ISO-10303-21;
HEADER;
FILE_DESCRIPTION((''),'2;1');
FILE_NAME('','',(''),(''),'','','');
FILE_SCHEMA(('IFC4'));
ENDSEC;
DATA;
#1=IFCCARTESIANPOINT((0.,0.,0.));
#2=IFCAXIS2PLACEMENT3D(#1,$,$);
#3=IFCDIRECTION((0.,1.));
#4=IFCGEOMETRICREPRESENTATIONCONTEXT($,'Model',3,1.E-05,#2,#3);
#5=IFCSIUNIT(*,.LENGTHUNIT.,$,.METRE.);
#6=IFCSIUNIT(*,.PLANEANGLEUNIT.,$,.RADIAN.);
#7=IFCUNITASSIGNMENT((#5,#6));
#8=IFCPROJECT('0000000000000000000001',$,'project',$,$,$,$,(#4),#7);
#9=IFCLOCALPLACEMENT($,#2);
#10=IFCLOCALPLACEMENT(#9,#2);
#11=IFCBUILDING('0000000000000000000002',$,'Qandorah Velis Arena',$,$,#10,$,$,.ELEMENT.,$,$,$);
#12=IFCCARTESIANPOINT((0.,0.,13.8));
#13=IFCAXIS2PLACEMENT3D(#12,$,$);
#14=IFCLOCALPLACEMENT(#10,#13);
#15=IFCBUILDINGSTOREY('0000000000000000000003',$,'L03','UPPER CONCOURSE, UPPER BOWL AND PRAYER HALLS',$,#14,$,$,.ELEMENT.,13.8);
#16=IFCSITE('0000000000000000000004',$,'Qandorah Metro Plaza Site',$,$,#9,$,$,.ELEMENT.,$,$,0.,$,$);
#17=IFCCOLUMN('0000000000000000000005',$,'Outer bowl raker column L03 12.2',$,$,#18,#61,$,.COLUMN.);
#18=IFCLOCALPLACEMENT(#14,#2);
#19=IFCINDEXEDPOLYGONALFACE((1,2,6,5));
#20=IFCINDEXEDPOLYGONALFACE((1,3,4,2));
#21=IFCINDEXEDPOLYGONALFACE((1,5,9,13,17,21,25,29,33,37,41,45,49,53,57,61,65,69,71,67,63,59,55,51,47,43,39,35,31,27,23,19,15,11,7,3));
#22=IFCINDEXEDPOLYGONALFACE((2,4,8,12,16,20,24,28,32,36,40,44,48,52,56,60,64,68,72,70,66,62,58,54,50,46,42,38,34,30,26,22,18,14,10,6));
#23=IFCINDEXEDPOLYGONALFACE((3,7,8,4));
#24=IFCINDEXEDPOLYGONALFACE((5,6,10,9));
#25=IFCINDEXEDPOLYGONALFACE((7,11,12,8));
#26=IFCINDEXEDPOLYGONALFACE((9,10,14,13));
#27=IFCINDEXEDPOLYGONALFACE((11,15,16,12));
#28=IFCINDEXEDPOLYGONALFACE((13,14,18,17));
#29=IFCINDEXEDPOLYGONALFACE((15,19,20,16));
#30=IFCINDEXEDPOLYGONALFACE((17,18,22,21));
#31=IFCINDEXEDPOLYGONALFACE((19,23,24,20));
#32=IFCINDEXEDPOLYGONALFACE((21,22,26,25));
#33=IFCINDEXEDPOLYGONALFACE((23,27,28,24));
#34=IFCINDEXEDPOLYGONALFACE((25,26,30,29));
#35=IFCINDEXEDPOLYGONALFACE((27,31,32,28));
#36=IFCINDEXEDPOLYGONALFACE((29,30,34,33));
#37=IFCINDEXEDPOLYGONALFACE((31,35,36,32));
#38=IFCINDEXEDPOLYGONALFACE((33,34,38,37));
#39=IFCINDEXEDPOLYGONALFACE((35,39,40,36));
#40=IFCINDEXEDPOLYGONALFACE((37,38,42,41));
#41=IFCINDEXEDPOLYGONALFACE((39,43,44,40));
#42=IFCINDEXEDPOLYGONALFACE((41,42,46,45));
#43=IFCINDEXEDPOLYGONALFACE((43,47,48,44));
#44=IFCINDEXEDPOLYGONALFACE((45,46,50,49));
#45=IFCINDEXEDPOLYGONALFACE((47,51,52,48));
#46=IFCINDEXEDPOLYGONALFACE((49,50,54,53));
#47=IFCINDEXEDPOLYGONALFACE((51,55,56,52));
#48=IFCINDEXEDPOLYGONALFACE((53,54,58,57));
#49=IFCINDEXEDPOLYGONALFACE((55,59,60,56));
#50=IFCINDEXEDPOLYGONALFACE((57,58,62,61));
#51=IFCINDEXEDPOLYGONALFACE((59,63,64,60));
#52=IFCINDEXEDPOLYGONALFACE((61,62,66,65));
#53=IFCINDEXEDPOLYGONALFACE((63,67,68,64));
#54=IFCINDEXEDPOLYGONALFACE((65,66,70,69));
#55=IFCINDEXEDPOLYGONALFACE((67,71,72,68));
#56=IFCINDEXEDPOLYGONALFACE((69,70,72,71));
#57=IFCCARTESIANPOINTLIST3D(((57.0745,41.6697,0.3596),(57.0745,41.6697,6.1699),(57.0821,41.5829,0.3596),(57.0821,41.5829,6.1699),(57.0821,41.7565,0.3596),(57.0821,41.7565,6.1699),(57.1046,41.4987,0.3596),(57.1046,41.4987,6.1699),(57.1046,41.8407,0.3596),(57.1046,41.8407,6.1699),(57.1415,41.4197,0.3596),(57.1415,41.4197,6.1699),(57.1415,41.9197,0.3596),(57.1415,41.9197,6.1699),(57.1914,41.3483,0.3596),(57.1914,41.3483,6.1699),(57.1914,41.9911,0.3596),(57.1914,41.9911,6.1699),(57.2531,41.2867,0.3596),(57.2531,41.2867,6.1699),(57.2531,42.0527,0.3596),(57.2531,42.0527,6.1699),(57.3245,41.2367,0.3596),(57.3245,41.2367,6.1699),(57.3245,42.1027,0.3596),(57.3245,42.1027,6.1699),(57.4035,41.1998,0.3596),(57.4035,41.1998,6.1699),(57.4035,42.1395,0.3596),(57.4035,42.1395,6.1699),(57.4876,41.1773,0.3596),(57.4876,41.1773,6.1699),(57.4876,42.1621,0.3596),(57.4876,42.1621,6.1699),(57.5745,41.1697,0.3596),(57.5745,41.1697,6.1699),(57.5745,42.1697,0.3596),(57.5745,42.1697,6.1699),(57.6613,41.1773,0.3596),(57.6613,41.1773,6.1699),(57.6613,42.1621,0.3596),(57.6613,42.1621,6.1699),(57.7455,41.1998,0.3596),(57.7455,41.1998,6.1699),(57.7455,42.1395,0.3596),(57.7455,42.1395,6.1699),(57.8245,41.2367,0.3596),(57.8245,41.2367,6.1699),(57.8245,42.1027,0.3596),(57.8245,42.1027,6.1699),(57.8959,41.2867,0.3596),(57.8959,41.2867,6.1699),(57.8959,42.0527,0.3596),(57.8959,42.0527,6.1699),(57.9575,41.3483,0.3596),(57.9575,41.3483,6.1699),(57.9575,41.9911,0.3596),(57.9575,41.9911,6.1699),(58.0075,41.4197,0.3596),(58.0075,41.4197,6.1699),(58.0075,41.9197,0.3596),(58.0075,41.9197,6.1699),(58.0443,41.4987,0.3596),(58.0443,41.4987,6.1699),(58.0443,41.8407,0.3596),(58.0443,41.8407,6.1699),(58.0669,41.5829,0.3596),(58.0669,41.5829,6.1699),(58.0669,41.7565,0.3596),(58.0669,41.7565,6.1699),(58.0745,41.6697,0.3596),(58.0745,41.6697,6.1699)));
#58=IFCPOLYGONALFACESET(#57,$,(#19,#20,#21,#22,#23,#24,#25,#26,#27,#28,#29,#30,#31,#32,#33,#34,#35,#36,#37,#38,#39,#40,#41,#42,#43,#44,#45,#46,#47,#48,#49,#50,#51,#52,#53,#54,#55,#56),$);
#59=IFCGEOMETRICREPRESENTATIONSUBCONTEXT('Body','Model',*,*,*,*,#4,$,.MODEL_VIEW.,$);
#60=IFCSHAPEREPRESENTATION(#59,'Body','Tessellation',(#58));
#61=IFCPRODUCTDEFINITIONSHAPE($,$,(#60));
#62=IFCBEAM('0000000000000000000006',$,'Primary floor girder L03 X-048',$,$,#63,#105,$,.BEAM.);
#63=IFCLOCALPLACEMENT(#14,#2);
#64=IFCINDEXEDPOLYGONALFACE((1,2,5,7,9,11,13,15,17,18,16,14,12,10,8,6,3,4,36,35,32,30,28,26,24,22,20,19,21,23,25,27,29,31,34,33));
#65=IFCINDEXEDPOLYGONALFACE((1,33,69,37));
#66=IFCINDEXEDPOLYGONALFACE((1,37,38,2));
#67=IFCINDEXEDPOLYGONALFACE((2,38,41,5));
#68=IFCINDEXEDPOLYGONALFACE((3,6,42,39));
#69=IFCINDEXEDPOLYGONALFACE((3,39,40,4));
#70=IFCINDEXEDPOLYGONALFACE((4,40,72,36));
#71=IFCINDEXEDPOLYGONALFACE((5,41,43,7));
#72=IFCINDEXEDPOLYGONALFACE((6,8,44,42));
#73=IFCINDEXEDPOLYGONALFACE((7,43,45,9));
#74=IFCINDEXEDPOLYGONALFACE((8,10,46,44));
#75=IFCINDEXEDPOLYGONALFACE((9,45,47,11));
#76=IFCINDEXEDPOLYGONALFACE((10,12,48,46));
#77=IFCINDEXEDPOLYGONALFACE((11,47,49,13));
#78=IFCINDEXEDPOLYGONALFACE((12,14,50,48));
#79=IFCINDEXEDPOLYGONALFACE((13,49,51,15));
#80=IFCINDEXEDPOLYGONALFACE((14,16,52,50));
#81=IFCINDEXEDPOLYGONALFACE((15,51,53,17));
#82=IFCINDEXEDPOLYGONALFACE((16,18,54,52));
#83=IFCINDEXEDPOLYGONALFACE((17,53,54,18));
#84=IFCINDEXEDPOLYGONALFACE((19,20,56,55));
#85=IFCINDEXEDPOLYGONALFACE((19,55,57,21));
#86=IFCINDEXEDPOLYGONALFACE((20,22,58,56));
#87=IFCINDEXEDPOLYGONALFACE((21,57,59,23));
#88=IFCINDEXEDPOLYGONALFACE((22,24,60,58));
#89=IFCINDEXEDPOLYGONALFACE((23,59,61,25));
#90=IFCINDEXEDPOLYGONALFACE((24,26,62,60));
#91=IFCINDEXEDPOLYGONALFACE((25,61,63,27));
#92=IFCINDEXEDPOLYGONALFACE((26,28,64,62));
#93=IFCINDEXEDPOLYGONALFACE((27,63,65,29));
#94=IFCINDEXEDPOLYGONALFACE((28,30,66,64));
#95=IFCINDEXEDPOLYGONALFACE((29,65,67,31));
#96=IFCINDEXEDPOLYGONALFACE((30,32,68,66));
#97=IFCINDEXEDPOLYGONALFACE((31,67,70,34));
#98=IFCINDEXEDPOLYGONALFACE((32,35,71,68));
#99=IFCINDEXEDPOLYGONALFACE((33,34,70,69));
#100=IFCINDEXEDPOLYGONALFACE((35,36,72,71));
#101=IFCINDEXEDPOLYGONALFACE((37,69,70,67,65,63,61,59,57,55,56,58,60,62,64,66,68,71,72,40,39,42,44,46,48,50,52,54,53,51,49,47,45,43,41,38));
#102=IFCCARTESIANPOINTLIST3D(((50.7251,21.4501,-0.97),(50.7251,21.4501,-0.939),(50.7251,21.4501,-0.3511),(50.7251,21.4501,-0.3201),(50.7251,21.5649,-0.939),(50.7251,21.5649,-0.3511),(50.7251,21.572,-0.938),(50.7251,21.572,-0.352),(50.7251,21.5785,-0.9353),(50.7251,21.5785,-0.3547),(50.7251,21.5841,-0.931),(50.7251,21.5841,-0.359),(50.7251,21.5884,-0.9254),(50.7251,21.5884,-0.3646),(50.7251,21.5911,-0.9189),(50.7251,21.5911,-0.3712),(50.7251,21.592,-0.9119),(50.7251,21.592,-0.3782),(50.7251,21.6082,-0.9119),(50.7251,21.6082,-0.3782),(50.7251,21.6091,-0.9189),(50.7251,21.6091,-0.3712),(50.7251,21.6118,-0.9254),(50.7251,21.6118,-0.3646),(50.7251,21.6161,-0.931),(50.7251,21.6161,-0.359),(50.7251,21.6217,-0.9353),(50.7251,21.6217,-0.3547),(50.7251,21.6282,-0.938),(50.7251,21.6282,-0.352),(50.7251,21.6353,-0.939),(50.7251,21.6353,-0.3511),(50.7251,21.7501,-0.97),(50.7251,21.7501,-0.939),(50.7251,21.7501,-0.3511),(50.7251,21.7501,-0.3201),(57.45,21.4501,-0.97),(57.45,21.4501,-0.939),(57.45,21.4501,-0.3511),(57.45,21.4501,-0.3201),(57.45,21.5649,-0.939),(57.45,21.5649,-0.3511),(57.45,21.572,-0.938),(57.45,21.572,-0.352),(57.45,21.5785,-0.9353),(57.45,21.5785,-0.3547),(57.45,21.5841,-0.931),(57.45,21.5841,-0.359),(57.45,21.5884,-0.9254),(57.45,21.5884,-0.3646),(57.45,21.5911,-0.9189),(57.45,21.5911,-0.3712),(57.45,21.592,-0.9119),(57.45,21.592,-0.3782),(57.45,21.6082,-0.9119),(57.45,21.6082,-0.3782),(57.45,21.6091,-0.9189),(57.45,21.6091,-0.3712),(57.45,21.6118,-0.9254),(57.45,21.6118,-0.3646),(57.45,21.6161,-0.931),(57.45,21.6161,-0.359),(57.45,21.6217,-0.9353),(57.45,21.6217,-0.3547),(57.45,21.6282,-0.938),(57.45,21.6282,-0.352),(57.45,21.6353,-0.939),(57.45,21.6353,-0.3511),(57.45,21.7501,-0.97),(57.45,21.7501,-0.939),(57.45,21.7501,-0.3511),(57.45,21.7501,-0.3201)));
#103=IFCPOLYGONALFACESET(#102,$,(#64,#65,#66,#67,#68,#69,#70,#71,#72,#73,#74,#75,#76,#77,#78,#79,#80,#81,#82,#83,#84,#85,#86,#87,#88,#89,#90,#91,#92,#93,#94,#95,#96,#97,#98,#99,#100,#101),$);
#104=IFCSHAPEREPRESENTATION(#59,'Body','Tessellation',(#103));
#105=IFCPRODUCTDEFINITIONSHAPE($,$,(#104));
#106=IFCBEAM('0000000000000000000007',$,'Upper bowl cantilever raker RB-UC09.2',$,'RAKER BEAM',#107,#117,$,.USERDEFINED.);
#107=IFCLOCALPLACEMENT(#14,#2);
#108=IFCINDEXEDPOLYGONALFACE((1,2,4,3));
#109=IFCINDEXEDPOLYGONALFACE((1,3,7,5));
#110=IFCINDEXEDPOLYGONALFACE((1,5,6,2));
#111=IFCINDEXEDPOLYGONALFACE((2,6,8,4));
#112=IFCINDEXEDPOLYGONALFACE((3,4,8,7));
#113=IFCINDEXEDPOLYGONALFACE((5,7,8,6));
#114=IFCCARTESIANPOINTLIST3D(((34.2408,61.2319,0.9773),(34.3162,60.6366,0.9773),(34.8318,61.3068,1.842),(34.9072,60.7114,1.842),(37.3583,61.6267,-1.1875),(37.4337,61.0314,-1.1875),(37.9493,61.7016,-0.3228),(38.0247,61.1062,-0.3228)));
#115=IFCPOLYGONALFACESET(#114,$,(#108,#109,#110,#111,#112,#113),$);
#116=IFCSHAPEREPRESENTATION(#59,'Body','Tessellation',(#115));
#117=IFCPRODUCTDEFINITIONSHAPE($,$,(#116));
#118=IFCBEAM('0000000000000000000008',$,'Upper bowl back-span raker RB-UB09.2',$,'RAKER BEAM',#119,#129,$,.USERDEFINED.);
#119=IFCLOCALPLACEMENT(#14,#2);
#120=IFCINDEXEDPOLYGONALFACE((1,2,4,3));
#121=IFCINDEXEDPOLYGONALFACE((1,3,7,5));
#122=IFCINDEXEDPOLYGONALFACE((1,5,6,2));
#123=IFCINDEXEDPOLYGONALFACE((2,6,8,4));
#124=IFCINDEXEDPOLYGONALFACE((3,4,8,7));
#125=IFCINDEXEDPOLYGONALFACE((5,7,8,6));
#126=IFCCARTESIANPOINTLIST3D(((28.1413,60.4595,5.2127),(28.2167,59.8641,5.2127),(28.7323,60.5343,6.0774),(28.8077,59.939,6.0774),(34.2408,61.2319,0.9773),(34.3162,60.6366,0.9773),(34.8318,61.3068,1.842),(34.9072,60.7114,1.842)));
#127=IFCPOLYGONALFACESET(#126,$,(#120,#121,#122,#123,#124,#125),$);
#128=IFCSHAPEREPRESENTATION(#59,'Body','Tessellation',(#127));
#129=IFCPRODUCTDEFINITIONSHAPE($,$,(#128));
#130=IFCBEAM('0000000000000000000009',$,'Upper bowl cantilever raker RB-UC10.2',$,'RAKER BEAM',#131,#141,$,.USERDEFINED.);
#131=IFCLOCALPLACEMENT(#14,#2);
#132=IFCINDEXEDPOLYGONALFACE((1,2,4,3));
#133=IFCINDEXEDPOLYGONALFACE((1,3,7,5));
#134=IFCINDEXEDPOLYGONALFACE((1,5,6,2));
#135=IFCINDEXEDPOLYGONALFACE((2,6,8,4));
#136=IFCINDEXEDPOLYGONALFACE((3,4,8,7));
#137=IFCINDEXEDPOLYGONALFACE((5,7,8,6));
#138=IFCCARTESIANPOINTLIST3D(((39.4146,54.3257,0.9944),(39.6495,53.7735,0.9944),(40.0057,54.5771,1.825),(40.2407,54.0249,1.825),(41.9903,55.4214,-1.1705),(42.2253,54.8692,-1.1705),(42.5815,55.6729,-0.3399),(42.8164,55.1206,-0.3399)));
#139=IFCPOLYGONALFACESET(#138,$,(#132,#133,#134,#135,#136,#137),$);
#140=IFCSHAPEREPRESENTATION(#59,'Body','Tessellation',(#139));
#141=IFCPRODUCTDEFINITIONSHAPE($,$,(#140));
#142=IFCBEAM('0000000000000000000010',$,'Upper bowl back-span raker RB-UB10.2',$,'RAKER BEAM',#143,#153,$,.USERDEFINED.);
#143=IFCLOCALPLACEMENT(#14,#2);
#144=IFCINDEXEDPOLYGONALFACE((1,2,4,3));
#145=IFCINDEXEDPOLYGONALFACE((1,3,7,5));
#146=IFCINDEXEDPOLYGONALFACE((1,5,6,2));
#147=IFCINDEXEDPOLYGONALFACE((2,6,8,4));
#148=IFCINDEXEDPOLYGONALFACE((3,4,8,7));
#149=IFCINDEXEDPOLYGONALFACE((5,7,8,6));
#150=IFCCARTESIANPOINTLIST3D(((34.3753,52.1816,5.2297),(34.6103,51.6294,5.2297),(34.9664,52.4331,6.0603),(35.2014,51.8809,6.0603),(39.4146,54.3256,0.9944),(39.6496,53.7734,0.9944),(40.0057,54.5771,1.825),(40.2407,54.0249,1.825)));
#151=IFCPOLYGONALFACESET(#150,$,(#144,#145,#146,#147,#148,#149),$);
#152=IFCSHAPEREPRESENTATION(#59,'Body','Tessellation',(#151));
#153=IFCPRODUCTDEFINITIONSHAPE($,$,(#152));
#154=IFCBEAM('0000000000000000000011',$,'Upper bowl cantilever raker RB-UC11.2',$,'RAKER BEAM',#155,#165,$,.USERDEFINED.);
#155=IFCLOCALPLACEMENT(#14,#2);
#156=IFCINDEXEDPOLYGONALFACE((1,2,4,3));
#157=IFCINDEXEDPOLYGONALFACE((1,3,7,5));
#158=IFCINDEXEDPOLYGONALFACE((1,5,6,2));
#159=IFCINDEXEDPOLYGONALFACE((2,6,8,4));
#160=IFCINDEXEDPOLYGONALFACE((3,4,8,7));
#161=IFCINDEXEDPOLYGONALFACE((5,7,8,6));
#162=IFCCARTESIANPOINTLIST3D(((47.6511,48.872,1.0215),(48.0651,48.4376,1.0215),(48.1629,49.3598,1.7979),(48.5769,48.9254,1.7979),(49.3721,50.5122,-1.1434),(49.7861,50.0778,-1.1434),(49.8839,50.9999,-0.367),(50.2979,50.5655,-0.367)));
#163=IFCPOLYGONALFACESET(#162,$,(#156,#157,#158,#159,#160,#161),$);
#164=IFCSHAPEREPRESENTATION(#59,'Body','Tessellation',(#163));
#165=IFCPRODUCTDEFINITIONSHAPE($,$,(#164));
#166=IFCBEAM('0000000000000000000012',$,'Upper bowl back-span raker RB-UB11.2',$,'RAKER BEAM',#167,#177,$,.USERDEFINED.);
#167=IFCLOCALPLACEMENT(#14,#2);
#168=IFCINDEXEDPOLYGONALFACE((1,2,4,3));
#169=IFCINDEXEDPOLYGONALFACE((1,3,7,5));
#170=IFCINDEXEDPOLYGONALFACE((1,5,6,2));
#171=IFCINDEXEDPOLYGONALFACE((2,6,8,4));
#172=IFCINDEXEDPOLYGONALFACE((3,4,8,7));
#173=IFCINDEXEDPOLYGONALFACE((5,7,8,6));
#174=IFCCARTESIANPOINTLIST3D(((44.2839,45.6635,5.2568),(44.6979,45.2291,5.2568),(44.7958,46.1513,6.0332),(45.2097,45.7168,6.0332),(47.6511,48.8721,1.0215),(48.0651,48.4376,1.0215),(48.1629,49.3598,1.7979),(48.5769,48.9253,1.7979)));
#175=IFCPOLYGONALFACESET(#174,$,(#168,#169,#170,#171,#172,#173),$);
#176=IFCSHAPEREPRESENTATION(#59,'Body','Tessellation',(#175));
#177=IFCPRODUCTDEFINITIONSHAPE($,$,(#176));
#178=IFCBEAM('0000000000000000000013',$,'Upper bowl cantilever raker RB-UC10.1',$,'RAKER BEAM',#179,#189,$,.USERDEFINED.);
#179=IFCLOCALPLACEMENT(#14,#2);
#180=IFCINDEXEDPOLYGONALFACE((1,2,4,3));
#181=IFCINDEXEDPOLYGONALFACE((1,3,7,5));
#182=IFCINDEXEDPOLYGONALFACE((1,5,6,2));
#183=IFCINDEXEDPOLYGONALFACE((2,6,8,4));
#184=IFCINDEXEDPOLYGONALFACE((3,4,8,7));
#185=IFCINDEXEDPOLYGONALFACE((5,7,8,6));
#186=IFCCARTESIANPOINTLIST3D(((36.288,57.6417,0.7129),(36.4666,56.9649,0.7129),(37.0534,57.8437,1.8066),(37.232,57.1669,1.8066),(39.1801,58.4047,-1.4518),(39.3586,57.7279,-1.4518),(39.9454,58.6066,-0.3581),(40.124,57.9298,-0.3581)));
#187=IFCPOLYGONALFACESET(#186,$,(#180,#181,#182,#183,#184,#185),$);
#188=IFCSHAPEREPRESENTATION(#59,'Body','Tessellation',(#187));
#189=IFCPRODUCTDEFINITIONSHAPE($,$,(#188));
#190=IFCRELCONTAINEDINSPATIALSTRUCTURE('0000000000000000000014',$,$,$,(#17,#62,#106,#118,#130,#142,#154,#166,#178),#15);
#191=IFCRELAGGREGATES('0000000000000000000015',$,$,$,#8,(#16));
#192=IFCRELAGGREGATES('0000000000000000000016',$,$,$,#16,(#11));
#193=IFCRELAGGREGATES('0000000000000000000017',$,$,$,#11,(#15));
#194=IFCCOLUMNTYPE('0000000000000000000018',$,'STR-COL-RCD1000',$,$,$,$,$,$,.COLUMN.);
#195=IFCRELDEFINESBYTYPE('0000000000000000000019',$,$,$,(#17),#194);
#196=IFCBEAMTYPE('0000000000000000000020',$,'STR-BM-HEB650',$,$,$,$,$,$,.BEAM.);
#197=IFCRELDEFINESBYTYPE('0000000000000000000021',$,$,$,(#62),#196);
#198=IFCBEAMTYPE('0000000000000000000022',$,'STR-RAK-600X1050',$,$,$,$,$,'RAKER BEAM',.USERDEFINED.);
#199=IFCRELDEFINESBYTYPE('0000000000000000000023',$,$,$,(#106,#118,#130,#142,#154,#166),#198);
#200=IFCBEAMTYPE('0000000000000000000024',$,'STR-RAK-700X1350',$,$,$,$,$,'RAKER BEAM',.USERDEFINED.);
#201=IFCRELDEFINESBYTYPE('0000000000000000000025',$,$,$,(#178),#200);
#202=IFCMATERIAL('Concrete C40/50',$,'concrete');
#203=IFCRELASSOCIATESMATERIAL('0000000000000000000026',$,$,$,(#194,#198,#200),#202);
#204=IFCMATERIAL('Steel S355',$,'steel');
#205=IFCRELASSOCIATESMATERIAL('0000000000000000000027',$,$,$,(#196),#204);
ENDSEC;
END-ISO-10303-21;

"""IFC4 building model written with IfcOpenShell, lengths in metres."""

from ifc_helpers import new_model, si_unit, direction, frame, origin, origin_2d, place, context, subcontext, project, spatial, rectangle, circle, i_section, extrude, material, material_profile, profile_set, type_object, element, save


model = new_model("IFC4")

# Units and contexts
model_context = context("Model", 3, precision=1e-05, world=origin(), true_north=direction((0.0, 1.0)))
body_context = subcontext(model_context, "Body", "Model", "MODEL_VIEW")
ifc_project = project(units=[si_unit("LENGTHUNIT", "METRE"), si_unit("PLANEANGLEUNIT", "RADIAN")], contexts=[model_context])

# Site, building, storey
site_placement = place(None, origin())
site = spatial("IfcSite", under=ifc_project, at=site_placement, Name="Qandorah Metro Plaza Site", CompositionType="ELEMENT", RefElevation=0.0)
building_placement = place(site_placement, origin())
building = spatial("IfcBuilding", under=site, at=building_placement, Name="Qandorah Velis Arena", CompositionType="ELEMENT")
storey_placement = place(building_placement, frame((0.0, 0.0, 13.8)))
storey = spatial("IfcBuildingStorey", under=building, at=storey_placement, Name="L03", Description="UPPER CONCOURSE, UPPER BOWL AND PRAYER HALLS", CompositionType="ELEMENT", Elevation=13.8)

# Column
ifc_material_1 = material(Name="Concrete C40/50", Category="concrete")
ifc_material_profile_1 = material_profile(ifc_material_1, circle(Radius=0.5, at=origin_2d()), Name="RC D1000")
ifc_profile_set_1 = profile_set([ifc_material_profile_1], Name="Concrete C40/50")
column_type_1 = type_object("IfcColumnType", Name="STR-COL-RCD1000", PredefinedType="COLUMN", material=ifc_profile_set_1)
column_1_placement = place(storey_placement, frame((57.5745, 41.6697, 0.3596), z_axis=(0.0, 0.0, 1.0), x_axis=(1.0, 0.0, 0.0)))
element("IfcColumn", 1, at=column_1_placement, inside=storey, type_object=column_type_1, Name="Outer bowl raker column L03 12.2", PredefinedType="COLUMN", context=body_context, shape_type="SweptSolid", body=[
    extrude(circle(Radius=0.5, at=origin_2d()), origin(), (0.0, 0.0, 1.0), 5.8103),
])

# Beams
ifc_material_2 = material(Name="Steel S355", Category="steel")
ifc_material_profile_2 = material_profile(ifc_material_2, i_section(OverallWidth=0.3, OverallDepth=0.6499, WebThickness=0.0161, FlangeThickness=0.031, FilletRadius=0.0271, at=origin_2d()), Name="HEB 650")
ifc_profile_set_2 = profile_set([ifc_material_profile_2], Name="Steel S355")
beam_type_1 = type_object("IfcBeamType", Name="STR-BM-HEB650", PredefinedType="BEAM", material=ifc_profile_set_2)
beam_1_placement = place(storey_placement, frame((50.7251, 21.6001, -0.645), z_axis=(1.0, 0.0, 0.0), x_axis=(0.0, 1.0, 0.0)))
element("IfcBeam", 2, at=beam_1_placement, inside=storey, type_object=beam_type_1, Name="Primary floor girder L03 X-048", PredefinedType="BEAM", context=body_context, shape_type="SweptSolid", body=[
    extrude(i_section(OverallWidth=0.3, OverallDepth=0.6499, WebThickness=0.0161, FlangeThickness=0.031, FilletRadius=0.0271, at=origin_2d()), origin(), (0.0, 0.0, 1.0), 6.7249),
])
ifc_material_profile_3 = material_profile(ifc_material_1, rectangle(XDim=0.6001, YDim=1.05, at=origin_2d()), Name="RC RAKER 600x1050")
ifc_profile_set_3 = profile_set([ifc_material_profile_3], Name="Concrete C40/50")
beam_type_2 = type_object("IfcBeamType", Name="STR-RAK-600X1050", ElementType="RAKER BEAM", PredefinedType="USERDEFINED", material=ifc_profile_set_3)
beam_2_placement = place(storey_placement, frame((34.574, 60.9717, 1.4097), z_axis=(0.816973, 0.103457, -0.567319), x_axis=(-0.125631, 0.992077, 0.0)))
element("IfcBeam", 3, at=beam_2_placement, inside=storey, type_object=beam_type_2, Name="Upper bowl cantilever raker RB-UC09.2", ObjectType="RAKER BEAM", PredefinedType="USERDEFINED", context=body_context, shape_type="SweptSolid", body=[
    extrude(rectangle(XDim=0.6001, YDim=1.05, at=origin_2d()), origin(), (0.0, 0.0, 1.0), 3.8159),
])
beam_3_placement = place(storey_placement, frame((34.574, 60.9717, 1.4097), z_axis=(-0.816982, -0.103468, 0.567306), x_axis=(0.125643, -0.992076, 0.0)))
element("IfcBeam", 4, at=beam_3_placement, inside=storey, type_object=beam_type_2, Name="Upper bowl back-span raker RB-UB09.2", ObjectType="RAKER BEAM", PredefinedType="USERDEFINED", context=body_context, shape_type="SweptSolid", body=[
    extrude(rectangle(XDim=0.6001, YDim=1.05, at=origin_2d()), origin(), (0.0, 0.0, 1.0), 7.4658),
])
beam_4_placement = place(storey_placement, frame((39.8276, 54.1753, 1.4097), z_axis=(0.727901, 0.309651, -0.611782), x_axis=(-0.391455, 0.920197, 0.0)))
element("IfcBeam", 5, at=beam_4_placement, inside=storey, type_object=beam_type_2, Name="Upper bowl cantilever raker RB-UC10.2", ObjectType="RAKER BEAM", PredefinedType="USERDEFINED", context=body_context, shape_type="SweptSolid", body=[
    extrude(rectangle(XDim=0.6001, YDim=1.05, at=origin_2d()), origin(), (0.0, 0.0, 1.0), 3.5386),
])
beam_5_placement = place(storey_placement, frame((39.8276, 54.1753, 1.4097), z_axis=(-0.727894, -0.309693, 0.611768), x_axis=(0.391502, -0.920177, 0.0)))
element("IfcBeam", 6, at=beam_5_placement, inside=storey, type_object=beam_type_2, Name="Upper bowl back-span raker RB-UB10.2", ObjectType="RAKER BEAM", PredefinedType="USERDEFINED", context=body_context, shape_type="SweptSolid", body=[
    extrude(rectangle(XDim=0.6001, YDim=1.05, at=origin_2d()), origin(), (0.0, 0.0, 1.0), 6.9231),
])
beam_6_placement = place(storey_placement, frame((48.114, 48.8987, 1.4097), z_axis=(0.53524, 0.510106, -0.673283), x_axis=(-0.689906, 0.723899, 0.0)))
element("IfcBeam", 7, at=beam_6_placement, inside=storey, type_object=beam_type_2, Name="Upper bowl cantilever raker RB-UC11.2", ObjectType="RAKER BEAM", PredefinedType="USERDEFINED", context=body_context, shape_type="SweptSolid", body=[
    extrude(rectangle(XDim=0.6001, YDim=1.05, at=origin_2d()), origin(), (0.0, 0.0, 1.0), 3.2153),
])
beam_7_placement = place(storey_placement, frame((48.114, 48.8987, 1.4097), z_axis=(-0.53528, -0.510053, 0.673292), x_axis=(0.689841, -0.723961, 0.0)))
element("IfcBeam", 8, at=beam_7_placement, inside=storey, type_object=beam_type_2, Name="Upper bowl back-span raker RB-UB11.2", ObjectType="RAKER BEAM", PredefinedType="USERDEFINED", context=body_context, shape_type="SweptSolid", body=[
    extrude(rectangle(XDim=0.6001, YDim=1.05, at=origin_2d()), origin(), (0.0, 0.0, 1.0), 6.2905),
])
ifc_material_profile_4 = material_profile(ifc_material_1, rectangle(XDim=0.7, YDim=1.3501, at=origin_2d()), Name="RC RAKER 700x1350")
ifc_profile_set_4 = profile_set([ifc_material_profile_4], Name="Concrete C40/50")
beam_type_3 = type_object("IfcBeamType", Name="STR-RAK-700X1350", ElementType="RAKER BEAM", PredefinedType="USERDEFINED", material=ifc_profile_set_4)
beam_8_placement = place(storey_placement, frame((36.76, 57.4043, 1.2598), z_axis=(0.78329, 0.206634, -0.58631), x_axis=(-0.255076, 0.966921, 0.0)))
element("IfcBeam", 9, at=beam_8_placement, inside=storey, type_object=beam_type_3, Name="Upper bowl cantilever raker RB-UC10.1", ObjectType="RAKER BEAM", PredefinedType="USERDEFINED", context=body_context, shape_type="SweptSolid", body=[
    extrude(rectangle(XDim=0.7, YDim=1.3501, at=origin_2d()), origin(), (0.0, 0.0, 1.0), 3.6921),
])

save(model, "model.ifc")
